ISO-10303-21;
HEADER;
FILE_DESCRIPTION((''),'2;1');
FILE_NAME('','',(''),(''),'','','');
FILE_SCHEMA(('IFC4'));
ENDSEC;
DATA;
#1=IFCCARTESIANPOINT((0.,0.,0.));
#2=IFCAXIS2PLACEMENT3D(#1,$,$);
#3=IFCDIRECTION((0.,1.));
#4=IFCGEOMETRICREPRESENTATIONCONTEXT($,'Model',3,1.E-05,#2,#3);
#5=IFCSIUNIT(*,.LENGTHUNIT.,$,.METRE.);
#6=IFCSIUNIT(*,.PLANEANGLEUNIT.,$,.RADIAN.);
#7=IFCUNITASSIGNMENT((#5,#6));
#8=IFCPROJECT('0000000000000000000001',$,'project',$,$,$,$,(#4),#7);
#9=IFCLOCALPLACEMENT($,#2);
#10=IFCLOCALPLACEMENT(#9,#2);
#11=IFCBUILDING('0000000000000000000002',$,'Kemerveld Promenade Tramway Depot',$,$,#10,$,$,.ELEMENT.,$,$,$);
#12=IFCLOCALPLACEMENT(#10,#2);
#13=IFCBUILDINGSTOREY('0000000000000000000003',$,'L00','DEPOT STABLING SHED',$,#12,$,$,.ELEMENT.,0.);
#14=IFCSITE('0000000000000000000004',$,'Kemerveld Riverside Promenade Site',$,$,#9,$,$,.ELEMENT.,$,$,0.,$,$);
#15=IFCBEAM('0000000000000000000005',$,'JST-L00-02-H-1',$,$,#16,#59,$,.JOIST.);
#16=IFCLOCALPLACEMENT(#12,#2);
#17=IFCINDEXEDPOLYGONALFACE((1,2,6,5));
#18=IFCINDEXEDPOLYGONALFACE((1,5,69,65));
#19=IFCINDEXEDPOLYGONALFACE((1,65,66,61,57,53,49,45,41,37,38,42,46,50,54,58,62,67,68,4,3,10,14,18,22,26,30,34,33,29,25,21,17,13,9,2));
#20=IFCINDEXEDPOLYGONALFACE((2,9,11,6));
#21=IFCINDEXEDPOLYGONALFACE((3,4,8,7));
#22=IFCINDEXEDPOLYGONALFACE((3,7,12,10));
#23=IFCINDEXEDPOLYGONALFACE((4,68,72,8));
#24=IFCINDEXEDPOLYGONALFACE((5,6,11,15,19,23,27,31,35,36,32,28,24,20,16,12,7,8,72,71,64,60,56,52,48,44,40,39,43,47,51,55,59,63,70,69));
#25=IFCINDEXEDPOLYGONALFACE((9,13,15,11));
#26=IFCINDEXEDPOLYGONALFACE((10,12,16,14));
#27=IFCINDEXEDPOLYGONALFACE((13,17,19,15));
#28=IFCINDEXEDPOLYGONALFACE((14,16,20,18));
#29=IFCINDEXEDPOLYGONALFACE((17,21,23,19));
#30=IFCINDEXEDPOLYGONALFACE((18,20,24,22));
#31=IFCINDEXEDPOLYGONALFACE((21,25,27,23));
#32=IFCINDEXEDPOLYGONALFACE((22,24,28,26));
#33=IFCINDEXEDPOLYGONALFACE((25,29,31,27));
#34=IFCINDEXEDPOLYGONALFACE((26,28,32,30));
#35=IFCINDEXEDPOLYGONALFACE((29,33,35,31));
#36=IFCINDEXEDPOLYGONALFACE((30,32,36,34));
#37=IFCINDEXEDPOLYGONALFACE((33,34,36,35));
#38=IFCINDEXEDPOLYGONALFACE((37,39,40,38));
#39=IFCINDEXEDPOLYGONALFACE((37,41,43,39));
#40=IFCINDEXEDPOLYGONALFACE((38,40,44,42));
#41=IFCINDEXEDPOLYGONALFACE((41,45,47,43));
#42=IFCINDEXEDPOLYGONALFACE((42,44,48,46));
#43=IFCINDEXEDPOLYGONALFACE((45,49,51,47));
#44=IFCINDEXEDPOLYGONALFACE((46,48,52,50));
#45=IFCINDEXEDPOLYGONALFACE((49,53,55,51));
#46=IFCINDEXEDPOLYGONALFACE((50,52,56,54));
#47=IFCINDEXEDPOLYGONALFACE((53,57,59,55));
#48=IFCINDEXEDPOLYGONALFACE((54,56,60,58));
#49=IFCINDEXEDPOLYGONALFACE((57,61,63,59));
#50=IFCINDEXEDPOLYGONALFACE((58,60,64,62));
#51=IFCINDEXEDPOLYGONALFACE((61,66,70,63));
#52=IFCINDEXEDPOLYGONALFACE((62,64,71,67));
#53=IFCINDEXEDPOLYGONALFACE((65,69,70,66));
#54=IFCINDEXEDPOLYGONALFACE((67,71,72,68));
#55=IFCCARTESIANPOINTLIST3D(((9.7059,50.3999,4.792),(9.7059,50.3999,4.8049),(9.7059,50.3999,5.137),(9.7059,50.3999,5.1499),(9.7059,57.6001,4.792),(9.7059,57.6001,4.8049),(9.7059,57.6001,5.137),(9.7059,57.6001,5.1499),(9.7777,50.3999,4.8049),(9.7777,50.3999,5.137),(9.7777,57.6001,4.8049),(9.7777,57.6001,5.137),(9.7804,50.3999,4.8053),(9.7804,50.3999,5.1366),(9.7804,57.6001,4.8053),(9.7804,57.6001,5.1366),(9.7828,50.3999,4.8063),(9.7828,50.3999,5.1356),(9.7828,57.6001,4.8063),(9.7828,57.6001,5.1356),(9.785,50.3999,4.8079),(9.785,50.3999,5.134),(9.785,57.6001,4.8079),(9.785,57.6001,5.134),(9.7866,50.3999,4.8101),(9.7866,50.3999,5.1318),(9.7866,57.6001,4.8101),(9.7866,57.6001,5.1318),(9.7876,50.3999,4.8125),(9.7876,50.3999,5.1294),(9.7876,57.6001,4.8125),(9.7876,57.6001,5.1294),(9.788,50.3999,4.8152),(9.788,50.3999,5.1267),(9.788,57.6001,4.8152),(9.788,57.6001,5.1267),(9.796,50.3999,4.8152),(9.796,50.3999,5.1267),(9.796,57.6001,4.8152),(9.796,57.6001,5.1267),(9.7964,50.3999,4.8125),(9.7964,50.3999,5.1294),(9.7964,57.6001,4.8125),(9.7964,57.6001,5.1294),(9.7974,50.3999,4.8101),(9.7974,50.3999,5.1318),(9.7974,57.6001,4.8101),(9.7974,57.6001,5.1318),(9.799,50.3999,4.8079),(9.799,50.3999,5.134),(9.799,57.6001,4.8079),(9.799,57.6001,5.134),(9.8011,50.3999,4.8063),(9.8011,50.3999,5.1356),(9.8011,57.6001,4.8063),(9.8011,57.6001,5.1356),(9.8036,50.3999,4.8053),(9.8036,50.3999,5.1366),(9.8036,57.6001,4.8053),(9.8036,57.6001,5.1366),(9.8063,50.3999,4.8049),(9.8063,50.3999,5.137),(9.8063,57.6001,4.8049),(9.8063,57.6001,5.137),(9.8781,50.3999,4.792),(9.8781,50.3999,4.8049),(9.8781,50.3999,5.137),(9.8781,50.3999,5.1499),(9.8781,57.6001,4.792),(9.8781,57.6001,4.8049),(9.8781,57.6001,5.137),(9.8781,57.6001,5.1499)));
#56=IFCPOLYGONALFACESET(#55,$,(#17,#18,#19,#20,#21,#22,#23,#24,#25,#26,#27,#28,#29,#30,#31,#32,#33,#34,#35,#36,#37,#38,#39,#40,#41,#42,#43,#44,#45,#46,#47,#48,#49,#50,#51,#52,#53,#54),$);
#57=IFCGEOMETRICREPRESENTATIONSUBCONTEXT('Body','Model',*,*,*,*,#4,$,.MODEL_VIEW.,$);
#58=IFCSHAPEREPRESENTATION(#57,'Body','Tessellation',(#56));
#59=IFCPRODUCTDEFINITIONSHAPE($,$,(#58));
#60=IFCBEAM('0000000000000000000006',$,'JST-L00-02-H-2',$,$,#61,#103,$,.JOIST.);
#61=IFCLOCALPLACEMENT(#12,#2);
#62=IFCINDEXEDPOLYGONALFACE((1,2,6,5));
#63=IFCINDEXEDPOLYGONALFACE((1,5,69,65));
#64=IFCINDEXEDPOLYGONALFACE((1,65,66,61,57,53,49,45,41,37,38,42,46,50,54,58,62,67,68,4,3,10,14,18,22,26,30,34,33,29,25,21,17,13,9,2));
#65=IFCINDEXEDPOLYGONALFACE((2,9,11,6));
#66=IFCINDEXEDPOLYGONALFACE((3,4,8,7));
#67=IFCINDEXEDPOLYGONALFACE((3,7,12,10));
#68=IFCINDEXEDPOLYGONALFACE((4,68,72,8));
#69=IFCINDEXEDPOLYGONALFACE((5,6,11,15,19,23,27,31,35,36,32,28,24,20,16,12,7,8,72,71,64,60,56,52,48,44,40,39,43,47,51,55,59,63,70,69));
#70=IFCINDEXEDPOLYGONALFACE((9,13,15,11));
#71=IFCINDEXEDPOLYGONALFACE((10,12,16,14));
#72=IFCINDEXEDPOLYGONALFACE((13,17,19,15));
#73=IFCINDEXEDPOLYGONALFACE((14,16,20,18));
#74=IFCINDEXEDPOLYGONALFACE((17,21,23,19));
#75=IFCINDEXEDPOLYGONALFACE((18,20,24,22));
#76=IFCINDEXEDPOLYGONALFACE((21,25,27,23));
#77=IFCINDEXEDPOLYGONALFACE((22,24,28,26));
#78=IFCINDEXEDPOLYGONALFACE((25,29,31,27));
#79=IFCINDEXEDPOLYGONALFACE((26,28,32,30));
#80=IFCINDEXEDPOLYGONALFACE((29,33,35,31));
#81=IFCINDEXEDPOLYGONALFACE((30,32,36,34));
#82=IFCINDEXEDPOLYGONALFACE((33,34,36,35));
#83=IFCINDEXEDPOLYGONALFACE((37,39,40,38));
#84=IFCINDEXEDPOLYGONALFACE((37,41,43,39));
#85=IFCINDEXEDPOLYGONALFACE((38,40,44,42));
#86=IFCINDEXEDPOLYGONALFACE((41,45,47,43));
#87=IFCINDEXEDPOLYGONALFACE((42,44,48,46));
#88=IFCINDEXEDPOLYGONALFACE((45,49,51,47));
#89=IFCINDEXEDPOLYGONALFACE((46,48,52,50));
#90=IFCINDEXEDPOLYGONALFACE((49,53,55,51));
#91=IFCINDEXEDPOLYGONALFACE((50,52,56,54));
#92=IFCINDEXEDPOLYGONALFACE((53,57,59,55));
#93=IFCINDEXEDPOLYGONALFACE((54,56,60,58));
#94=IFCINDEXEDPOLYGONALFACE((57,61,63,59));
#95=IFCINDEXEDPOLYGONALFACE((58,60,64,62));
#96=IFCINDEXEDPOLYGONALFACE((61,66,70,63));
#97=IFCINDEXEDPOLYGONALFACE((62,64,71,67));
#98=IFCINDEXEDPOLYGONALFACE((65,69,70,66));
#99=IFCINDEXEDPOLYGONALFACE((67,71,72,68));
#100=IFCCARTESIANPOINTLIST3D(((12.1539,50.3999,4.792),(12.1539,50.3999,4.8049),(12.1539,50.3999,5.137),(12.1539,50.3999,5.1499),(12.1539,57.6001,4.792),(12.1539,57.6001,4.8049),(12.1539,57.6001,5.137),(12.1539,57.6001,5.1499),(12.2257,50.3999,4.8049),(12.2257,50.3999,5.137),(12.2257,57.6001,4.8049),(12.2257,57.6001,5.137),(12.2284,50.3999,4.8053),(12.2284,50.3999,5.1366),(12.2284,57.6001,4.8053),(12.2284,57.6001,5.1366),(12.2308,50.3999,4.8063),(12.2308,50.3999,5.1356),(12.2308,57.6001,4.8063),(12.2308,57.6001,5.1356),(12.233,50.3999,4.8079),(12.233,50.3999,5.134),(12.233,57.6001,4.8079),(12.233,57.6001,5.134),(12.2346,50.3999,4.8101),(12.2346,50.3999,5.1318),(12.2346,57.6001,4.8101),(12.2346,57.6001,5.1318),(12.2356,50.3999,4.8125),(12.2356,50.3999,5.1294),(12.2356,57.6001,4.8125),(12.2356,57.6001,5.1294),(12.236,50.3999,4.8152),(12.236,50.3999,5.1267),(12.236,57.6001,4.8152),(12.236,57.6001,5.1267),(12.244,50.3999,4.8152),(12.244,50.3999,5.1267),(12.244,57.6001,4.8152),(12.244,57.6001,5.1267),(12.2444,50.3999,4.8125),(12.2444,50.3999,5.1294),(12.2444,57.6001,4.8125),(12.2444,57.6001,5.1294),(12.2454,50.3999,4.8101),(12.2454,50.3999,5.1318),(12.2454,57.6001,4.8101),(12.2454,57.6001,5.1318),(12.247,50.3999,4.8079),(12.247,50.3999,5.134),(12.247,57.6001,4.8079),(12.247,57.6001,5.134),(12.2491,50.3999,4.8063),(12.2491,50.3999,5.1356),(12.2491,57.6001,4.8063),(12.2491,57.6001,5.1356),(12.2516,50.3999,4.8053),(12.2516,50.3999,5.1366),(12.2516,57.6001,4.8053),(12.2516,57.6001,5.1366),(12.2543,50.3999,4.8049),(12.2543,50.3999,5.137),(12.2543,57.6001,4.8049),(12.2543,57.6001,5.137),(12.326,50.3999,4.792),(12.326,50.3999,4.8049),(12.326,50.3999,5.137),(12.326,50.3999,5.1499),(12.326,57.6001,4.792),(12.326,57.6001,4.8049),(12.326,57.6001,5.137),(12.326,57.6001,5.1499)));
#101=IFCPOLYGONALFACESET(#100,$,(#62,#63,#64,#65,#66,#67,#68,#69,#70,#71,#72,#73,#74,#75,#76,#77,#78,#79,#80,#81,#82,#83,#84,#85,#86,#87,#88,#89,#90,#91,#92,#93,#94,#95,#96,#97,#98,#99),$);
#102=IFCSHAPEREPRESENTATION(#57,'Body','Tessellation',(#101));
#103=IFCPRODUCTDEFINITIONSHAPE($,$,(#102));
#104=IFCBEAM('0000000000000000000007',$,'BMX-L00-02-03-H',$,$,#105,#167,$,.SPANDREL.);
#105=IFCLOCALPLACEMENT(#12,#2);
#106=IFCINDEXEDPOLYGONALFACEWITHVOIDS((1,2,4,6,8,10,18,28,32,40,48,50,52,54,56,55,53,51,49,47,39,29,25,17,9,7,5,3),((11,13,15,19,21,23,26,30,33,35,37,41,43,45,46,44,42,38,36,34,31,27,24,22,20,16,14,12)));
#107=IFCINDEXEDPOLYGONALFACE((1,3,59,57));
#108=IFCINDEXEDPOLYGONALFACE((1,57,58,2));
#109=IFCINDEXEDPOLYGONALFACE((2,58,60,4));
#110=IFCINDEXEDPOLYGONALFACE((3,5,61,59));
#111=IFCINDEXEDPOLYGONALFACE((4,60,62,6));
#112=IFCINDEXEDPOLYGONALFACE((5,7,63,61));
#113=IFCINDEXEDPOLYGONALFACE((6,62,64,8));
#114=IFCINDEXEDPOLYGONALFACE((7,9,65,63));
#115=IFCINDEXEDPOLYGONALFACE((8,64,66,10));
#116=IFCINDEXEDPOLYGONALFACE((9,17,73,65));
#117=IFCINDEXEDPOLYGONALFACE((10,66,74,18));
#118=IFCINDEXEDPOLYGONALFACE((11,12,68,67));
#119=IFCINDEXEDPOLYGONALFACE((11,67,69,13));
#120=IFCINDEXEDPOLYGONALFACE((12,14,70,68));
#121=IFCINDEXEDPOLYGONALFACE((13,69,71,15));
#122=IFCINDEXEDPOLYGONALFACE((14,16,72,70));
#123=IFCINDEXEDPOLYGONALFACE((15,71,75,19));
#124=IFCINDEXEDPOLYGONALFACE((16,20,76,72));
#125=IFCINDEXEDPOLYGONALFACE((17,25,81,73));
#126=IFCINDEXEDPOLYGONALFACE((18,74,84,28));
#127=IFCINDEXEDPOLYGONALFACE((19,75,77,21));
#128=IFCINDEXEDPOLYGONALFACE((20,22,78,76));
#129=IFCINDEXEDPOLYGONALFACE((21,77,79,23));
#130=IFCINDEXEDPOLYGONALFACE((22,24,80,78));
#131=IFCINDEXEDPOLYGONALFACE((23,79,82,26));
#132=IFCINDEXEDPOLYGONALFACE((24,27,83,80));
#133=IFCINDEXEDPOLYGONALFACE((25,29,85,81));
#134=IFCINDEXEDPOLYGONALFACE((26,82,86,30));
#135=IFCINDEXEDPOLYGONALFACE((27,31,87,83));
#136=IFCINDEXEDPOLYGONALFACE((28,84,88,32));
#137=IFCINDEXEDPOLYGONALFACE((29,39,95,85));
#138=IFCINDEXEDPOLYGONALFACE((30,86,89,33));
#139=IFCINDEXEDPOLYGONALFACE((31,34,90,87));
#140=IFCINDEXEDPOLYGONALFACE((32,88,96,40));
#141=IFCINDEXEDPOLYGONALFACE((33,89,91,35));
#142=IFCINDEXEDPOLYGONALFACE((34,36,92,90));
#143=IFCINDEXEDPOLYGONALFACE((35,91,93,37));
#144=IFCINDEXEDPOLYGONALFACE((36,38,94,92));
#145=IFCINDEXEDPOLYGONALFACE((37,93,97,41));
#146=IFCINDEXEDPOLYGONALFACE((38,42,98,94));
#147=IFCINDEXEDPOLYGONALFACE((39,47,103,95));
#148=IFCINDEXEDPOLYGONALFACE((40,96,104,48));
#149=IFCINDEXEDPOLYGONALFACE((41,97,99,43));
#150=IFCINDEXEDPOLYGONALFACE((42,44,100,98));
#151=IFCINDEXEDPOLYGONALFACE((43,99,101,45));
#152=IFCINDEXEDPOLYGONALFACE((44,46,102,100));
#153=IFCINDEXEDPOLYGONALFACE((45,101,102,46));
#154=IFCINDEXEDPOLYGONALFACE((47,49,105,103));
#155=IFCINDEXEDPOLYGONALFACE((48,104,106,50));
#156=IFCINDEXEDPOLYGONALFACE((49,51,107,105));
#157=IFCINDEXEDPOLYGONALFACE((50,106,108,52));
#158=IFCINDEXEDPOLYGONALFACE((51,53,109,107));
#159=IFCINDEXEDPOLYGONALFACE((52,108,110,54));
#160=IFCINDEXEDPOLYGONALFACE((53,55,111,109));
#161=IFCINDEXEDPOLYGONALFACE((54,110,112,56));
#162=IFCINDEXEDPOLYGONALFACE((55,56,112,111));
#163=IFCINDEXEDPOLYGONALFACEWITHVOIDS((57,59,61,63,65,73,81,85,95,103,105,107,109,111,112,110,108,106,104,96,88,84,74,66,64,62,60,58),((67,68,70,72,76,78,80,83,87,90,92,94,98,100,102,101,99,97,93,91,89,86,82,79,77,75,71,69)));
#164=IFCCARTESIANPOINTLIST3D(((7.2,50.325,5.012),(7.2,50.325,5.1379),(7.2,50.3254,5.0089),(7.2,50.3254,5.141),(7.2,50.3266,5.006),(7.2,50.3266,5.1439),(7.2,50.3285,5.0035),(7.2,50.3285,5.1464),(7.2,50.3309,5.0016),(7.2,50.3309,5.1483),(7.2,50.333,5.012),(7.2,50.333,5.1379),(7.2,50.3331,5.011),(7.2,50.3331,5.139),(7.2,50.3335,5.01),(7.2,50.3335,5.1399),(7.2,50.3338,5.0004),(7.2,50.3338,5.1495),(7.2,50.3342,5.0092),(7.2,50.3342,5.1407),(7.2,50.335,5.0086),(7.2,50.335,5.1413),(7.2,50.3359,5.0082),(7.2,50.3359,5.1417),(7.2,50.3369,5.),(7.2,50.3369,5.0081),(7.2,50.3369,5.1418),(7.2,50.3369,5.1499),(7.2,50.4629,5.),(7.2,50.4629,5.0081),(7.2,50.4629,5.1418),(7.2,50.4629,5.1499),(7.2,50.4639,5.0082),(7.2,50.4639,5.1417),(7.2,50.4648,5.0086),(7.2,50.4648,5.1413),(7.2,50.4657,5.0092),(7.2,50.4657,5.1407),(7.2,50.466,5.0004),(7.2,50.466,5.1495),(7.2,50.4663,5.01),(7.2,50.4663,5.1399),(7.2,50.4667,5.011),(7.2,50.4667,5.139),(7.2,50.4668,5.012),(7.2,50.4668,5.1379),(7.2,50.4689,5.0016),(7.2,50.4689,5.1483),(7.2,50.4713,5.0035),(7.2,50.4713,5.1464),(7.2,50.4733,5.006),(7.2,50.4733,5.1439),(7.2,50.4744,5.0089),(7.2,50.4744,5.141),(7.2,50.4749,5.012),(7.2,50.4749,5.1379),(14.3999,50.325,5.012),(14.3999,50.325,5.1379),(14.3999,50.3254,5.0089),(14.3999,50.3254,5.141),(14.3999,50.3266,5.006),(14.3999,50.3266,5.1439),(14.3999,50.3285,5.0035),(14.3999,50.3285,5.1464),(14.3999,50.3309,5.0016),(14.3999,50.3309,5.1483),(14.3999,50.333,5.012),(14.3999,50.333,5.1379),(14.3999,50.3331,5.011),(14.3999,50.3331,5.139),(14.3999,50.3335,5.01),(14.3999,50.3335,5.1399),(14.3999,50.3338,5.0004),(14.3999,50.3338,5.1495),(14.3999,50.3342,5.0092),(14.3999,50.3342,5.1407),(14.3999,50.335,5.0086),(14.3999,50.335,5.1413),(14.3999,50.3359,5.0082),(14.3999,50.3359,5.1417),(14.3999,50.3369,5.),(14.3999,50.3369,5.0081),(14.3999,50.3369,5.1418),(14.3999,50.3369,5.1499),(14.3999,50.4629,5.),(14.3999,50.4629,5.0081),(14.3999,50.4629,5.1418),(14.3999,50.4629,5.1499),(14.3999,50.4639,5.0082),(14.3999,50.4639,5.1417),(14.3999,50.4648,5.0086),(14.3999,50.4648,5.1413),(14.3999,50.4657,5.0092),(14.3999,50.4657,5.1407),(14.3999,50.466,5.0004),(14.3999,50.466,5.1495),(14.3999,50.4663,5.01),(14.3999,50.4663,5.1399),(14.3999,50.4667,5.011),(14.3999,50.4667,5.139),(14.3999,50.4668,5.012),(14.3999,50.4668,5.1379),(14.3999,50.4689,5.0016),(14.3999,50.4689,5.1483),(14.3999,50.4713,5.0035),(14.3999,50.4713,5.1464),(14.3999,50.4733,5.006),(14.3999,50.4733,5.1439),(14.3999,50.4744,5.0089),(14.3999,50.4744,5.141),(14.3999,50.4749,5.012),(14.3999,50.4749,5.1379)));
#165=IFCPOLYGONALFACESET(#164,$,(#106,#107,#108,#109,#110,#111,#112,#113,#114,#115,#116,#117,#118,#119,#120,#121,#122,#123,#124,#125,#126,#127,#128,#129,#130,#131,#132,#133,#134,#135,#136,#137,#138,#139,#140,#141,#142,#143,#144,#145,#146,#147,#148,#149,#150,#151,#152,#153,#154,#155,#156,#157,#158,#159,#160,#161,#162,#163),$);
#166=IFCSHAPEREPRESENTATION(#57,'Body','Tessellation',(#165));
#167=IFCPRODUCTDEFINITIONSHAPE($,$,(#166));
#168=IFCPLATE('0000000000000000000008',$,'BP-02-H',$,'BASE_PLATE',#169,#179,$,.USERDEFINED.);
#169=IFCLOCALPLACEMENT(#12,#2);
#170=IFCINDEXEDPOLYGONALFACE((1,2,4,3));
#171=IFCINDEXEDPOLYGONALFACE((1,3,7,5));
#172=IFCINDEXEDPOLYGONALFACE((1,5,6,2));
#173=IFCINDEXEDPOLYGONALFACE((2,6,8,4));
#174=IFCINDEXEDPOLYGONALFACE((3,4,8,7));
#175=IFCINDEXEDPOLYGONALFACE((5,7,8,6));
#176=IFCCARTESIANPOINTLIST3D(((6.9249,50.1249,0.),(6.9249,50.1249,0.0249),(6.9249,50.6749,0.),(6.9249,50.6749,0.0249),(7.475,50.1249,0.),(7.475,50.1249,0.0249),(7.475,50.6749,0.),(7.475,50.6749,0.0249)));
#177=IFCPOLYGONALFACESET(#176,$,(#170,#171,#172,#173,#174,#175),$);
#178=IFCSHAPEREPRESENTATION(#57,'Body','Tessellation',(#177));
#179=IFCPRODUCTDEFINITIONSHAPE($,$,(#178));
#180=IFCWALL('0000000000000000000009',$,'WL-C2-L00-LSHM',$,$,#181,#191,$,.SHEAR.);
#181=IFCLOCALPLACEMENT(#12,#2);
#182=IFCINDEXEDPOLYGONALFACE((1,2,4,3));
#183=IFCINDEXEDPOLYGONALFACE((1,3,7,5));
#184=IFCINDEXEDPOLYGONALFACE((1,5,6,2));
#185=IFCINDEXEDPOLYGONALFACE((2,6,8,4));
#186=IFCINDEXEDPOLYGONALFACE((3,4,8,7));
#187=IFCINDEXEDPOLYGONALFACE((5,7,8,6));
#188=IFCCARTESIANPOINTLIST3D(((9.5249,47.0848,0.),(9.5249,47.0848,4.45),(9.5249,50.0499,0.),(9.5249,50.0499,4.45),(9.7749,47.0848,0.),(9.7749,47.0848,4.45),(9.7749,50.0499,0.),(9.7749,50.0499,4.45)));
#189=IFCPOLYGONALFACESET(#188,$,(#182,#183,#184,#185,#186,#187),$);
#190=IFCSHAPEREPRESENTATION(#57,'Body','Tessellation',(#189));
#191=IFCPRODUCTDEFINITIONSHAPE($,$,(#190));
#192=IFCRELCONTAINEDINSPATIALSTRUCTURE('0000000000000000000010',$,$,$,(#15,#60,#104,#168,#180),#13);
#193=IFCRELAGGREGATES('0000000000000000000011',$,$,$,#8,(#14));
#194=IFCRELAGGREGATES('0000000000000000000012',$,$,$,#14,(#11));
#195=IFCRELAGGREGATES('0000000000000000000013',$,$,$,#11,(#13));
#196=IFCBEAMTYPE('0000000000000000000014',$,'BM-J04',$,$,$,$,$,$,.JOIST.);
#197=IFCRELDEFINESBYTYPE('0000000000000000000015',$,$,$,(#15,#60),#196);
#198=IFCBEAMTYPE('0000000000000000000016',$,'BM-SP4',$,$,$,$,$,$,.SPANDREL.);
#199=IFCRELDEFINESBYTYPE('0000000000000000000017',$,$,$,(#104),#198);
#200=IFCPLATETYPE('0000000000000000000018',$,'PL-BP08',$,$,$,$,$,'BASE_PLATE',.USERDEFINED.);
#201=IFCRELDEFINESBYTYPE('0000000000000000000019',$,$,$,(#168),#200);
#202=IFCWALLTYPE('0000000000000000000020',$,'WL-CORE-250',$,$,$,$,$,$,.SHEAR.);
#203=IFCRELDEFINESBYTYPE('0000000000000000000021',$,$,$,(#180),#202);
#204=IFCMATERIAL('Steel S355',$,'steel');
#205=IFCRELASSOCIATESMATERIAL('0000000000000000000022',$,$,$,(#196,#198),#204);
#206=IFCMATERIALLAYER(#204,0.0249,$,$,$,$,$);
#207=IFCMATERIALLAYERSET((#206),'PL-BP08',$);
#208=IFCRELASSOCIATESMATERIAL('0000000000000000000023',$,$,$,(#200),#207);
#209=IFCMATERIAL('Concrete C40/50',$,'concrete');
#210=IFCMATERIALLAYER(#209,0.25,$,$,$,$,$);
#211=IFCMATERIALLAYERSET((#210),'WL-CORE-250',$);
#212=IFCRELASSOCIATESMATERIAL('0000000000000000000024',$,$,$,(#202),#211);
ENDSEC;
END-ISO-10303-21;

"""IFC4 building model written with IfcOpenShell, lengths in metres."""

from ifc_helpers import new_model, si_unit, direction, frame, frame_2d, origin, origin_2d, place, context, subcontext, project, spatial, rectangle, hollow_rectangle, i_section, extrude, material, layer, layer_set, material_profile, profile_set, type_object, element, save


model = new_model("IFC4")

# Units and contexts
model_context = context("Model", 3, precision=1e-05, world=origin(), true_north=direction((0.0, 1.0)))
body_context = subcontext(model_context, "Body", "Model", "MODEL_VIEW")
ifc_project = project(units=[si_unit("LENGTHUNIT", "METRE"), si_unit("PLANEANGLEUNIT", "RADIAN")], contexts=[model_context])

# Site, building, storey
site_placement = place(None, origin())
site = spatial("IfcSite", under=ifc_project, at=site_placement, Name="Kemerveld Riverside Promenade Site", CompositionType="ELEMENT", RefElevation=0.0)
building_placement = place(site_placement, origin())
building = spatial("IfcBuilding", under=site, at=building_placement, Name="Kemerveld Promenade Tramway Depot", CompositionType="ELEMENT")
storey_placement = place(building_placement, origin())
storey = spatial("IfcBuildingStorey", under=building, at=storey_placement, Name="L00", Description="DEPOT STABLING SHED", CompositionType="ELEMENT", Elevation=0.0)

# Shared definitions
ifc_material_1 = material(Name="Steel S355", Category="steel")

# Beams
ifc_material_profile_1 = material_profile(ifc_material_1, i_section(OverallWidth=0.1721, OverallDepth=0.3579, WebThickness=0.0081, FlangeThickness=0.0129, FilletRadius=0.0103, at=origin_2d()), Name="356x171x57 UB")
ifc_profile_set_1 = profile_set([ifc_material_profile_1], Name="Steel S355")
beam_type_1 = type_object("IfcBeamType", Name="BM-J04", PredefinedType="JOIST", material=ifc_profile_set_1)
for number, where, z_axis, x_axis, name in (
    (1, (9.792, 50.3999, 4.9709), (0.0, 1.0, 0.0), (-1.0, 0.0, 0.0), "JST-L00-02-H-1"),
    (2, (12.24, 50.3999, 4.9709), (0.0, 1.0, 0.0), (-1.0, 0.0, 0.0), "JST-L00-02-H-2"),
):
    element("IfcBeam", number, at=place(storey_placement, frame(where, z_axis=z_axis, x_axis=x_axis)), inside=storey, type_object=beam_type_1, Name=name, PredefinedType="JOIST", context=body_context, shape_type="SweptSolid", body=[
        extrude(i_section(OverallWidth=0.1721, OverallDepth=0.3579, WebThickness=0.0081, FlangeThickness=0.0129, FilletRadius=0.0103, at=origin_2d()), origin(), (0.0, 0.0, 1.0), 7.2002),
    ])
ifc_material_profile_2 = material_profile(ifc_material_1, hollow_rectangle(XDim=0.1499, YDim=0.1499, WallThickness=0.0081, InnerFilletRadius=0.0039, OuterFilletRadius=0.012, at=origin_2d()), Name="150x150x8.0 SHS")
ifc_profile_set_2 = profile_set([ifc_material_profile_2], Name="Steel S355")
beam_type_2 = type_object("IfcBeamType", Name="BM-SP4", PredefinedType="SPANDREL", material=ifc_profile_set_2)
beam_1_placement = place(storey_placement, frame((7.2, 50.3999, 5.075), z_axis=(1.0, 0.0, 0.0), x_axis=(0.0, 1.0, 0.0)))
element("IfcBeam", 3, at=beam_1_placement, inside=storey, type_object=beam_type_2, Name="BMX-L00-02-03-H", PredefinedType="SPANDREL", context=body_context, shape_type="SweptSolid", body=[
    extrude(hollow_rectangle(XDim=0.1499, YDim=0.1499, WallThickness=0.0081, InnerFilletRadius=0.0039, OuterFilletRadius=0.012, at=origin_2d()), origin(), (0.0, 0.0, 1.0), 7.2),
])

# Plate
ifc_layer_1 = layer(ifc_material_1, 0.0249)
ifc_layer_set_1 = layer_set([ifc_layer_1], Name="PL-BP08")
plate_type = type_object("IfcPlateType", Name="PL-BP08", ElementType="BASE_PLATE", PredefinedType="USERDEFINED", material=ifc_layer_set_1)
plate_placement = place(storey_placement, frame((7.2, 50.3999, 0.0), z_axis=(0.0, 0.0, 1.0), x_axis=(1.0, 0.0, 0.0)))
element("IfcPlate", 4, at=plate_placement, inside=storey, type_object=plate_type, Name="BP-02-H", ObjectType="BASE_PLATE", PredefinedType="USERDEFINED", context=body_context, shape_type="SweptSolid", body=[
    extrude(rectangle(XDim=0.55, YDim=0.55, at=origin_2d()), origin(), (0.0, 0.0, 1.0), 0.0249),
])

# Wall
ifc_material_2 = material(Name="Concrete C40/50", Category="concrete")
ifc_layer_2 = layer(ifc_material_2, 0.25)
ifc_layer_set_2 = layer_set([ifc_layer_2], Name="WL-CORE-250")
wall_type_1 = type_object("IfcWallType", Name="WL-CORE-250", PredefinedType="SHEAR", material=ifc_layer_set_2)
wall_1_placement = place(storey_placement, frame((9.6499, 47.085, 0.0), z_axis=(0.0, 0.0, 1.0), x_axis=(0.0, 1.0, 0.0)))
element("IfcWall", 5, at=wall_1_placement, inside=storey, type_object=wall_type_1, Name="WL-C2-L00-LSHM", PredefinedType="SHEAR", context=body_context, shape_type="SweptSolid", body=[
    extrude(rectangle(XDim=2.9651, YDim=0.25, at=frame_2d((1.4824, 0.0))), origin(), (0.0, 0.0, 1.0), 4.45),
])

save(model, "model.ifc")
